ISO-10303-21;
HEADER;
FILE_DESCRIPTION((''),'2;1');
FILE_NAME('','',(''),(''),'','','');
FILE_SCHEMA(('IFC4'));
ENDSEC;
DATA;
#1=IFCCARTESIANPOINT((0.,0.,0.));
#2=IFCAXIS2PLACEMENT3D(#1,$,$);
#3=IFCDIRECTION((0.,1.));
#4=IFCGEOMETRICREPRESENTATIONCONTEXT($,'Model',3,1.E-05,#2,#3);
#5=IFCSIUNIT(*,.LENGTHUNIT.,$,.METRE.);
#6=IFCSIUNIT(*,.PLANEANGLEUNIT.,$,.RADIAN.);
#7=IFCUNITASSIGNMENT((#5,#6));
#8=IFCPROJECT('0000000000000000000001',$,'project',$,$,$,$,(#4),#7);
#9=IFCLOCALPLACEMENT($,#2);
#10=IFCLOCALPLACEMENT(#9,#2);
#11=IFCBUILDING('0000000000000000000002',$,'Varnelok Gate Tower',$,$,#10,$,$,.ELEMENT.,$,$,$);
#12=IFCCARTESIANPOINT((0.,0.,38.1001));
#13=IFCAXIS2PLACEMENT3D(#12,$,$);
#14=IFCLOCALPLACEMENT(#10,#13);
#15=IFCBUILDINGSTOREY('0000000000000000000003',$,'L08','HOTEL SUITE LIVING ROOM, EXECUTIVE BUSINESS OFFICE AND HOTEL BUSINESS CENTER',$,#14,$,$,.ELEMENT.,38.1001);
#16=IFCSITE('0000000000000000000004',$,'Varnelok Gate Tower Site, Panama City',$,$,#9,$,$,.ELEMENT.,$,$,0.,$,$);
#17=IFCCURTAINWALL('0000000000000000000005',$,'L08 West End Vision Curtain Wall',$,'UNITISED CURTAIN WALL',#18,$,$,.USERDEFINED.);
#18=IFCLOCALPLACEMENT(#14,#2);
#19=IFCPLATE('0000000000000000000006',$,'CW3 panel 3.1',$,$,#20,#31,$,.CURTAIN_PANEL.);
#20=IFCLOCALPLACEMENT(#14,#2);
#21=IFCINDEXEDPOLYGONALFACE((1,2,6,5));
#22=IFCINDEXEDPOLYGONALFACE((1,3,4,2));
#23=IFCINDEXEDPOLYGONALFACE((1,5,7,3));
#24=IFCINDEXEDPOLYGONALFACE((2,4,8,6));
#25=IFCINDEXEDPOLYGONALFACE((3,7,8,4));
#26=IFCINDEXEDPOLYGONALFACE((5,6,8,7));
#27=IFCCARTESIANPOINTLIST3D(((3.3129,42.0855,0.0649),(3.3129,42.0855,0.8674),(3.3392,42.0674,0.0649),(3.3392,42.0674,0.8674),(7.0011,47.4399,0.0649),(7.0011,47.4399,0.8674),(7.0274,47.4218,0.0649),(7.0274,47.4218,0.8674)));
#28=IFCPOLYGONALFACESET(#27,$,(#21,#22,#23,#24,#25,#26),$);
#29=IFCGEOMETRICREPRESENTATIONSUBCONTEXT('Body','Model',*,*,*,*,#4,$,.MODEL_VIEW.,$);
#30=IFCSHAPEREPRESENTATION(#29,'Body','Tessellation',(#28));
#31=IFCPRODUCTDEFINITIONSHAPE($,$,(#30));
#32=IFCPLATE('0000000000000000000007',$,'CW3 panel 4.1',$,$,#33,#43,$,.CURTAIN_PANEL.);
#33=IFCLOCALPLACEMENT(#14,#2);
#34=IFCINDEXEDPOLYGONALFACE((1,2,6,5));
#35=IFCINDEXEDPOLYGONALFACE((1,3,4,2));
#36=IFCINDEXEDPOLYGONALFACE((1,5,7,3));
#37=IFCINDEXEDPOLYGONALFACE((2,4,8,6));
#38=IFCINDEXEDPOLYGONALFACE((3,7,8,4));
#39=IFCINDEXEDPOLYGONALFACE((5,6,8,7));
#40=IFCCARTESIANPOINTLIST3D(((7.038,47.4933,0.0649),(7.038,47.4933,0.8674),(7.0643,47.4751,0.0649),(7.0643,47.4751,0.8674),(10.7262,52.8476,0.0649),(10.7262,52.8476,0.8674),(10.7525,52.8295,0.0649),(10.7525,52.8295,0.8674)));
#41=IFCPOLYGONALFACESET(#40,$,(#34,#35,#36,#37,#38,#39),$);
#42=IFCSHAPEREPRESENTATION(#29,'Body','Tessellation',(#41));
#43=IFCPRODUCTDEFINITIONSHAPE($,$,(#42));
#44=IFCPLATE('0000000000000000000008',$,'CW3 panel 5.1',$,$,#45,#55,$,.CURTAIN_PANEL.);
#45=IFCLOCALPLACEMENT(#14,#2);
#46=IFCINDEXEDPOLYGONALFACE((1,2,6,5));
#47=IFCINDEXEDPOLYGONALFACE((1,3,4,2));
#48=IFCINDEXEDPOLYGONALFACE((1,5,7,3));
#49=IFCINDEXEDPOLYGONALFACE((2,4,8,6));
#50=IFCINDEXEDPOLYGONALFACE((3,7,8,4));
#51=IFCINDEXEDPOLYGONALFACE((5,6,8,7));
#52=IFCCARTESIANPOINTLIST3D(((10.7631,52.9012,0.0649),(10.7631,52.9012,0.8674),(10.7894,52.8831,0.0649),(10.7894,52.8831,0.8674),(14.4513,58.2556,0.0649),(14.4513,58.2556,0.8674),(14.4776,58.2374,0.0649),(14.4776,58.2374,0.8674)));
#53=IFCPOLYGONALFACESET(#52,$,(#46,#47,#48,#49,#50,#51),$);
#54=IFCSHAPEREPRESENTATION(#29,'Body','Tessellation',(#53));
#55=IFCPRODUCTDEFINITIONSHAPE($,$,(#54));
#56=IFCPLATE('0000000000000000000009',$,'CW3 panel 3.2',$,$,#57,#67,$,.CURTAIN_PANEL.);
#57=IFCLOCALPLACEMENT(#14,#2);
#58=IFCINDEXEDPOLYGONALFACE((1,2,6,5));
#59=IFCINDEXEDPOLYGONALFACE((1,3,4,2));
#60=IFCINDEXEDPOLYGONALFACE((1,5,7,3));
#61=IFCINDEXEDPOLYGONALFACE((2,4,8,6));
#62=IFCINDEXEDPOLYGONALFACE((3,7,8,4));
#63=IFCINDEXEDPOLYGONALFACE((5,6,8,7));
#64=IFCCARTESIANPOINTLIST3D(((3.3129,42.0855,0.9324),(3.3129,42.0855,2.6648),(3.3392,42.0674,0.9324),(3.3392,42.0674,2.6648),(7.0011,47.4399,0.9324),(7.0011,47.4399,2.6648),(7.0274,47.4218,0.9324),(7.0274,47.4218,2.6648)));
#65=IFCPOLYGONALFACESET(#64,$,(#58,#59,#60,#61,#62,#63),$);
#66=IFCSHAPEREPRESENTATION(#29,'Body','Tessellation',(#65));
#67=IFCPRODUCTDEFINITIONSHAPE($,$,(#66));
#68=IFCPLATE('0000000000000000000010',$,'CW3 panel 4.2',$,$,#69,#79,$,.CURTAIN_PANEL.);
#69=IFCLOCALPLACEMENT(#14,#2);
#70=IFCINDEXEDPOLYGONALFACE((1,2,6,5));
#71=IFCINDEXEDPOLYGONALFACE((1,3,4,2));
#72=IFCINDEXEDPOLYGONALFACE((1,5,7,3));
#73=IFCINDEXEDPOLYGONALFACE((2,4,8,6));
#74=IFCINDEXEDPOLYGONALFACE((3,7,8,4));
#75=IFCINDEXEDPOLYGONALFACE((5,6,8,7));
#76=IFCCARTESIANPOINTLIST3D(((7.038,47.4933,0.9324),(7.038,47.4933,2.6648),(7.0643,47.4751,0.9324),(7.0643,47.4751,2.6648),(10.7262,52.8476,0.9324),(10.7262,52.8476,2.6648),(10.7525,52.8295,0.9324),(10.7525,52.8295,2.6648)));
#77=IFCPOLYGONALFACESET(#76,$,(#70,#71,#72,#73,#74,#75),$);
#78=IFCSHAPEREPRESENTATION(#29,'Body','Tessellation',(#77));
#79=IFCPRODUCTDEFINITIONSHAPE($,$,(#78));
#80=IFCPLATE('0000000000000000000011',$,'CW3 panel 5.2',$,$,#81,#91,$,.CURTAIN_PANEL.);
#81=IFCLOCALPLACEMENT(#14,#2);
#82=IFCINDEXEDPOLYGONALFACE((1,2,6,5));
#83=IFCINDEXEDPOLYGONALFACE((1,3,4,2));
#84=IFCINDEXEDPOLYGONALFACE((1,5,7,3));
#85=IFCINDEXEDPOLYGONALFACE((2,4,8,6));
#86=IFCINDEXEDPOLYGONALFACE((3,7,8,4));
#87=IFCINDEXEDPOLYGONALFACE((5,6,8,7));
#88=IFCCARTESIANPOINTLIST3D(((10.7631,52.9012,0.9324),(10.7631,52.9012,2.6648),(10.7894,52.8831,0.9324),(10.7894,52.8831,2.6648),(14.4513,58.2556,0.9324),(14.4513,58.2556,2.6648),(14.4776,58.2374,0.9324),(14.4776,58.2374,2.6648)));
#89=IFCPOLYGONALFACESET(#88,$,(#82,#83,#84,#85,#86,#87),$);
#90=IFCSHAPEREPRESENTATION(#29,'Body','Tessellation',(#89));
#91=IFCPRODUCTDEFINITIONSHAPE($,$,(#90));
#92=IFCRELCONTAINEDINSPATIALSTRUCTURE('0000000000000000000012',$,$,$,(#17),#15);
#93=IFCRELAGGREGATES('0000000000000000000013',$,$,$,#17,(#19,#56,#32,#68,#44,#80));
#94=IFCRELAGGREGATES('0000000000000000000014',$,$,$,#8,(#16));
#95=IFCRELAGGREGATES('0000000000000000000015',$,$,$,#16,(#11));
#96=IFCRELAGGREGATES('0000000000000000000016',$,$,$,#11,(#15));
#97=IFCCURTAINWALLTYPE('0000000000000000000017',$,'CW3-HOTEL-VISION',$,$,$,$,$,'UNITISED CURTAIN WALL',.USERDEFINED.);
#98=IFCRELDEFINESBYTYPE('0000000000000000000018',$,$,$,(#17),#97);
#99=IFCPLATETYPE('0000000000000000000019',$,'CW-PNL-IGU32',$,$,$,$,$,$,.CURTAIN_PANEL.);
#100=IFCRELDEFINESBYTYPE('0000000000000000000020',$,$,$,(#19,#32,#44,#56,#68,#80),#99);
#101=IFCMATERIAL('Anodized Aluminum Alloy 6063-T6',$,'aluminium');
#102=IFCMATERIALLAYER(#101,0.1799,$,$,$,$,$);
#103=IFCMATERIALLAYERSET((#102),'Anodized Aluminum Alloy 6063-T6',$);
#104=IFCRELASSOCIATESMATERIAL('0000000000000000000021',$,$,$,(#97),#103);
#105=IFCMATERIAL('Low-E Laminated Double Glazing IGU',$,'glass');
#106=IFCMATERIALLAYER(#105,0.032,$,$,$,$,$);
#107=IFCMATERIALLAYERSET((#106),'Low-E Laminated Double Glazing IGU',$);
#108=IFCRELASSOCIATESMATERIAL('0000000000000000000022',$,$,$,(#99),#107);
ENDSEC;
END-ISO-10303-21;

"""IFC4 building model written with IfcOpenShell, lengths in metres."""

from ifc_helpers import new_model, si_unit, direction, frame, origin, origin_2d, place, context, subcontext, project, spatial, rectangle, extrude, source, transform, mapped, material, layer, layer_set, type_object, element, aggregate, save


model = new_model("IFC4")

# Units and contexts
model_context = context("Model", 3, precision=1e-05, world=origin(), true_north=direction((0.0, 1.0)))
body_context = subcontext(model_context, "Body", "Model", "MODEL_VIEW")
ifc_project = project(units=[si_unit("LENGTHUNIT", "METRE"), si_unit("PLANEANGLEUNIT", "RADIAN")], contexts=[model_context])

# Site, building, storey
site_placement = place(None, origin())
site = spatial("IfcSite", under=ifc_project, at=site_placement, Name="Varnelok Gate Tower Site, Panama City", CompositionType="ELEMENT", RefElevation=0.0)
building_placement = place(site_placement, origin())
building = spatial("IfcBuilding", under=site, at=building_placement, Name="Varnelok Gate Tower", CompositionType="ELEMENT")
storey_placement = place(building_placement, frame((0.0, 0.0, 38.1001)))
storey = spatial("IfcBuildingStorey", under=building, at=storey_placement, Name="L08", Description="HOTEL SUITE LIVING ROOM, EXECUTIVE BUSINESS OFFICE AND HOTEL BUSINESS CENTER", CompositionType="ELEMENT", Elevation=38.1001)

# Curtain wall, plates
ifc_material_1 = material(Name="Anodized Aluminum Alloy 6063-T6", Category="aluminium")
ifc_layer_1 = layer(ifc_material_1, 0.1799)
ifc_layer_set_1 = layer_set([ifc_layer_1], Name="Anodized Aluminum Alloy 6063-T6")
curtain_wall_type = type_object("IfcCurtainWallType", Name="CW3-HOTEL-VISION", ElementType="UNITISED CURTAIN WALL", PredefinedType="USERDEFINED", material=ifc_layer_set_1)
curtain_wall_placement = place(storey_placement, origin())
curtain_wall = element("IfcCurtainWall", 1, at=curtain_wall_placement, inside=storey, type_object=curtain_wall_type, Name="L08 West End Vision Curtain Wall", ObjectType="UNITISED CURTAIN WALL", PredefinedType="USERDEFINED")
ifc_material_2 = material(Name="Low-E Laminated Double Glazing IGU", Category="glass")
ifc_layer_2 = layer(ifc_material_2, 0.032)
ifc_layer_set_2 = layer_set([ifc_layer_2], Name="Low-E Laminated Double Glazing IGU")
plate_type = type_object("IfcPlateType", Name="CW-PNL-IGU32", PredefinedType="CURTAIN_PANEL", material=ifc_layer_set_2)
shared_shape_1 = source(origin(), body_context, "Body", "SweptSolid", [
    extrude(rectangle(XDim=6.5017, YDim=0.032, at=origin_2d()), origin(), (0.0, 0.0, 1.0), 0.8025),
])
plate_1_placement = place(storey_placement, frame((5.1702, 44.7537, 0.0649), z_axis=(0.0, 0.0, 1.0), x_axis=(0.567269, 0.823533, 0.0)))
plate_1 = element("IfcPlate", 2, at=plate_1_placement, type_object=plate_type, Name="CW3 panel 3.1", PredefinedType="CURTAIN_PANEL", context=body_context, shape_type="MappedRepresentation", body=[
    mapped(shared_shape_1, transform((0.0, 0.0, 0.0), scale=1.0)),
])
plate_2_placement = place(storey_placement, frame((8.8953, 50.1614, 0.0649), z_axis=(0.0, 0.0, 1.0), x_axis=(0.567269, 0.823533, 0.0)))
plate_2 = element("IfcPlate", 3, at=plate_2_placement, type_object=plate_type, Name="CW3 panel 4.1", PredefinedType="CURTAIN_PANEL", context=body_context, shape_type="MappedRepresentation", body=[
    mapped(shared_shape_1, transform((0.0, 0.0, 0.0), scale=1.0)),
])
plate_3_placement = place(storey_placement, frame((12.6204, 55.5693, 0.0649), z_axis=(0.0, 0.0, 1.0), x_axis=(0.567269, 0.823533, 0.0)))
plate_3 = element("IfcPlate", 4, at=plate_3_placement, type_object=plate_type, Name="CW3 panel 5.1", PredefinedType="CURTAIN_PANEL", context=body_context, shape_type="MappedRepresentation", body=[
    mapped(shared_shape_1, transform((0.0, 0.0, 0.0), scale=1.0)),
])
shared_shape_2 = source(origin(), body_context, "Body", "SweptSolid", [
    extrude(rectangle(XDim=6.5017, YDim=0.032, at=origin_2d()), origin(), (0.0, 0.0, 1.0), 1.7324),
])
plate_4_placement = place(storey_placement, frame((5.1702, 44.7537, 0.9324), z_axis=(0.0, 0.0, 1.0), x_axis=(0.567269, 0.823533, 0.0)))
plate_4 = element("IfcPlate", 5, at=plate_4_placement, type_object=plate_type, Name="CW3 panel 3.2", PredefinedType="CURTAIN_PANEL", context=body_context, shape_type="MappedRepresentation", body=[
    mapped(shared_shape_2, transform((0.0, 0.0, 0.0), scale=1.0)),
])
plate_5_placement = place(storey_placement, frame((8.8953, 50.1614, 0.9324), z_axis=(0.0, 0.0, 1.0), x_axis=(0.567269, 0.823533, 0.0)))
plate_5 = element("IfcPlate", 6, at=plate_5_placement, type_object=plate_type, Name="CW3 panel 4.2", PredefinedType="CURTAIN_PANEL", context=body_context, shape_type="MappedRepresentation", body=[
    mapped(shared_shape_2, transform((0.0, 0.0, 0.0), scale=1.0)),
])
plate_6_placement = place(storey_placement, frame((12.6204, 55.5693, 0.9324), z_axis=(0.0, 0.0, 1.0), x_axis=(0.567269, 0.823533, 0.0)))
plate_6 = element("IfcPlate", 7, at=plate_6_placement, type_object=plate_type, Name="CW3 panel 5.2", PredefinedType="CURTAIN_PANEL", context=body_context, shape_type="MappedRepresentation", body=[
    mapped(shared_shape_2, transform((0.0, 0.0, 0.0), scale=1.0)),
])
aggregate(curtain_wall, [plate_1, plate_4, plate_2, plate_5, plate_3, plate_6])

save(model, "model.ifc")
